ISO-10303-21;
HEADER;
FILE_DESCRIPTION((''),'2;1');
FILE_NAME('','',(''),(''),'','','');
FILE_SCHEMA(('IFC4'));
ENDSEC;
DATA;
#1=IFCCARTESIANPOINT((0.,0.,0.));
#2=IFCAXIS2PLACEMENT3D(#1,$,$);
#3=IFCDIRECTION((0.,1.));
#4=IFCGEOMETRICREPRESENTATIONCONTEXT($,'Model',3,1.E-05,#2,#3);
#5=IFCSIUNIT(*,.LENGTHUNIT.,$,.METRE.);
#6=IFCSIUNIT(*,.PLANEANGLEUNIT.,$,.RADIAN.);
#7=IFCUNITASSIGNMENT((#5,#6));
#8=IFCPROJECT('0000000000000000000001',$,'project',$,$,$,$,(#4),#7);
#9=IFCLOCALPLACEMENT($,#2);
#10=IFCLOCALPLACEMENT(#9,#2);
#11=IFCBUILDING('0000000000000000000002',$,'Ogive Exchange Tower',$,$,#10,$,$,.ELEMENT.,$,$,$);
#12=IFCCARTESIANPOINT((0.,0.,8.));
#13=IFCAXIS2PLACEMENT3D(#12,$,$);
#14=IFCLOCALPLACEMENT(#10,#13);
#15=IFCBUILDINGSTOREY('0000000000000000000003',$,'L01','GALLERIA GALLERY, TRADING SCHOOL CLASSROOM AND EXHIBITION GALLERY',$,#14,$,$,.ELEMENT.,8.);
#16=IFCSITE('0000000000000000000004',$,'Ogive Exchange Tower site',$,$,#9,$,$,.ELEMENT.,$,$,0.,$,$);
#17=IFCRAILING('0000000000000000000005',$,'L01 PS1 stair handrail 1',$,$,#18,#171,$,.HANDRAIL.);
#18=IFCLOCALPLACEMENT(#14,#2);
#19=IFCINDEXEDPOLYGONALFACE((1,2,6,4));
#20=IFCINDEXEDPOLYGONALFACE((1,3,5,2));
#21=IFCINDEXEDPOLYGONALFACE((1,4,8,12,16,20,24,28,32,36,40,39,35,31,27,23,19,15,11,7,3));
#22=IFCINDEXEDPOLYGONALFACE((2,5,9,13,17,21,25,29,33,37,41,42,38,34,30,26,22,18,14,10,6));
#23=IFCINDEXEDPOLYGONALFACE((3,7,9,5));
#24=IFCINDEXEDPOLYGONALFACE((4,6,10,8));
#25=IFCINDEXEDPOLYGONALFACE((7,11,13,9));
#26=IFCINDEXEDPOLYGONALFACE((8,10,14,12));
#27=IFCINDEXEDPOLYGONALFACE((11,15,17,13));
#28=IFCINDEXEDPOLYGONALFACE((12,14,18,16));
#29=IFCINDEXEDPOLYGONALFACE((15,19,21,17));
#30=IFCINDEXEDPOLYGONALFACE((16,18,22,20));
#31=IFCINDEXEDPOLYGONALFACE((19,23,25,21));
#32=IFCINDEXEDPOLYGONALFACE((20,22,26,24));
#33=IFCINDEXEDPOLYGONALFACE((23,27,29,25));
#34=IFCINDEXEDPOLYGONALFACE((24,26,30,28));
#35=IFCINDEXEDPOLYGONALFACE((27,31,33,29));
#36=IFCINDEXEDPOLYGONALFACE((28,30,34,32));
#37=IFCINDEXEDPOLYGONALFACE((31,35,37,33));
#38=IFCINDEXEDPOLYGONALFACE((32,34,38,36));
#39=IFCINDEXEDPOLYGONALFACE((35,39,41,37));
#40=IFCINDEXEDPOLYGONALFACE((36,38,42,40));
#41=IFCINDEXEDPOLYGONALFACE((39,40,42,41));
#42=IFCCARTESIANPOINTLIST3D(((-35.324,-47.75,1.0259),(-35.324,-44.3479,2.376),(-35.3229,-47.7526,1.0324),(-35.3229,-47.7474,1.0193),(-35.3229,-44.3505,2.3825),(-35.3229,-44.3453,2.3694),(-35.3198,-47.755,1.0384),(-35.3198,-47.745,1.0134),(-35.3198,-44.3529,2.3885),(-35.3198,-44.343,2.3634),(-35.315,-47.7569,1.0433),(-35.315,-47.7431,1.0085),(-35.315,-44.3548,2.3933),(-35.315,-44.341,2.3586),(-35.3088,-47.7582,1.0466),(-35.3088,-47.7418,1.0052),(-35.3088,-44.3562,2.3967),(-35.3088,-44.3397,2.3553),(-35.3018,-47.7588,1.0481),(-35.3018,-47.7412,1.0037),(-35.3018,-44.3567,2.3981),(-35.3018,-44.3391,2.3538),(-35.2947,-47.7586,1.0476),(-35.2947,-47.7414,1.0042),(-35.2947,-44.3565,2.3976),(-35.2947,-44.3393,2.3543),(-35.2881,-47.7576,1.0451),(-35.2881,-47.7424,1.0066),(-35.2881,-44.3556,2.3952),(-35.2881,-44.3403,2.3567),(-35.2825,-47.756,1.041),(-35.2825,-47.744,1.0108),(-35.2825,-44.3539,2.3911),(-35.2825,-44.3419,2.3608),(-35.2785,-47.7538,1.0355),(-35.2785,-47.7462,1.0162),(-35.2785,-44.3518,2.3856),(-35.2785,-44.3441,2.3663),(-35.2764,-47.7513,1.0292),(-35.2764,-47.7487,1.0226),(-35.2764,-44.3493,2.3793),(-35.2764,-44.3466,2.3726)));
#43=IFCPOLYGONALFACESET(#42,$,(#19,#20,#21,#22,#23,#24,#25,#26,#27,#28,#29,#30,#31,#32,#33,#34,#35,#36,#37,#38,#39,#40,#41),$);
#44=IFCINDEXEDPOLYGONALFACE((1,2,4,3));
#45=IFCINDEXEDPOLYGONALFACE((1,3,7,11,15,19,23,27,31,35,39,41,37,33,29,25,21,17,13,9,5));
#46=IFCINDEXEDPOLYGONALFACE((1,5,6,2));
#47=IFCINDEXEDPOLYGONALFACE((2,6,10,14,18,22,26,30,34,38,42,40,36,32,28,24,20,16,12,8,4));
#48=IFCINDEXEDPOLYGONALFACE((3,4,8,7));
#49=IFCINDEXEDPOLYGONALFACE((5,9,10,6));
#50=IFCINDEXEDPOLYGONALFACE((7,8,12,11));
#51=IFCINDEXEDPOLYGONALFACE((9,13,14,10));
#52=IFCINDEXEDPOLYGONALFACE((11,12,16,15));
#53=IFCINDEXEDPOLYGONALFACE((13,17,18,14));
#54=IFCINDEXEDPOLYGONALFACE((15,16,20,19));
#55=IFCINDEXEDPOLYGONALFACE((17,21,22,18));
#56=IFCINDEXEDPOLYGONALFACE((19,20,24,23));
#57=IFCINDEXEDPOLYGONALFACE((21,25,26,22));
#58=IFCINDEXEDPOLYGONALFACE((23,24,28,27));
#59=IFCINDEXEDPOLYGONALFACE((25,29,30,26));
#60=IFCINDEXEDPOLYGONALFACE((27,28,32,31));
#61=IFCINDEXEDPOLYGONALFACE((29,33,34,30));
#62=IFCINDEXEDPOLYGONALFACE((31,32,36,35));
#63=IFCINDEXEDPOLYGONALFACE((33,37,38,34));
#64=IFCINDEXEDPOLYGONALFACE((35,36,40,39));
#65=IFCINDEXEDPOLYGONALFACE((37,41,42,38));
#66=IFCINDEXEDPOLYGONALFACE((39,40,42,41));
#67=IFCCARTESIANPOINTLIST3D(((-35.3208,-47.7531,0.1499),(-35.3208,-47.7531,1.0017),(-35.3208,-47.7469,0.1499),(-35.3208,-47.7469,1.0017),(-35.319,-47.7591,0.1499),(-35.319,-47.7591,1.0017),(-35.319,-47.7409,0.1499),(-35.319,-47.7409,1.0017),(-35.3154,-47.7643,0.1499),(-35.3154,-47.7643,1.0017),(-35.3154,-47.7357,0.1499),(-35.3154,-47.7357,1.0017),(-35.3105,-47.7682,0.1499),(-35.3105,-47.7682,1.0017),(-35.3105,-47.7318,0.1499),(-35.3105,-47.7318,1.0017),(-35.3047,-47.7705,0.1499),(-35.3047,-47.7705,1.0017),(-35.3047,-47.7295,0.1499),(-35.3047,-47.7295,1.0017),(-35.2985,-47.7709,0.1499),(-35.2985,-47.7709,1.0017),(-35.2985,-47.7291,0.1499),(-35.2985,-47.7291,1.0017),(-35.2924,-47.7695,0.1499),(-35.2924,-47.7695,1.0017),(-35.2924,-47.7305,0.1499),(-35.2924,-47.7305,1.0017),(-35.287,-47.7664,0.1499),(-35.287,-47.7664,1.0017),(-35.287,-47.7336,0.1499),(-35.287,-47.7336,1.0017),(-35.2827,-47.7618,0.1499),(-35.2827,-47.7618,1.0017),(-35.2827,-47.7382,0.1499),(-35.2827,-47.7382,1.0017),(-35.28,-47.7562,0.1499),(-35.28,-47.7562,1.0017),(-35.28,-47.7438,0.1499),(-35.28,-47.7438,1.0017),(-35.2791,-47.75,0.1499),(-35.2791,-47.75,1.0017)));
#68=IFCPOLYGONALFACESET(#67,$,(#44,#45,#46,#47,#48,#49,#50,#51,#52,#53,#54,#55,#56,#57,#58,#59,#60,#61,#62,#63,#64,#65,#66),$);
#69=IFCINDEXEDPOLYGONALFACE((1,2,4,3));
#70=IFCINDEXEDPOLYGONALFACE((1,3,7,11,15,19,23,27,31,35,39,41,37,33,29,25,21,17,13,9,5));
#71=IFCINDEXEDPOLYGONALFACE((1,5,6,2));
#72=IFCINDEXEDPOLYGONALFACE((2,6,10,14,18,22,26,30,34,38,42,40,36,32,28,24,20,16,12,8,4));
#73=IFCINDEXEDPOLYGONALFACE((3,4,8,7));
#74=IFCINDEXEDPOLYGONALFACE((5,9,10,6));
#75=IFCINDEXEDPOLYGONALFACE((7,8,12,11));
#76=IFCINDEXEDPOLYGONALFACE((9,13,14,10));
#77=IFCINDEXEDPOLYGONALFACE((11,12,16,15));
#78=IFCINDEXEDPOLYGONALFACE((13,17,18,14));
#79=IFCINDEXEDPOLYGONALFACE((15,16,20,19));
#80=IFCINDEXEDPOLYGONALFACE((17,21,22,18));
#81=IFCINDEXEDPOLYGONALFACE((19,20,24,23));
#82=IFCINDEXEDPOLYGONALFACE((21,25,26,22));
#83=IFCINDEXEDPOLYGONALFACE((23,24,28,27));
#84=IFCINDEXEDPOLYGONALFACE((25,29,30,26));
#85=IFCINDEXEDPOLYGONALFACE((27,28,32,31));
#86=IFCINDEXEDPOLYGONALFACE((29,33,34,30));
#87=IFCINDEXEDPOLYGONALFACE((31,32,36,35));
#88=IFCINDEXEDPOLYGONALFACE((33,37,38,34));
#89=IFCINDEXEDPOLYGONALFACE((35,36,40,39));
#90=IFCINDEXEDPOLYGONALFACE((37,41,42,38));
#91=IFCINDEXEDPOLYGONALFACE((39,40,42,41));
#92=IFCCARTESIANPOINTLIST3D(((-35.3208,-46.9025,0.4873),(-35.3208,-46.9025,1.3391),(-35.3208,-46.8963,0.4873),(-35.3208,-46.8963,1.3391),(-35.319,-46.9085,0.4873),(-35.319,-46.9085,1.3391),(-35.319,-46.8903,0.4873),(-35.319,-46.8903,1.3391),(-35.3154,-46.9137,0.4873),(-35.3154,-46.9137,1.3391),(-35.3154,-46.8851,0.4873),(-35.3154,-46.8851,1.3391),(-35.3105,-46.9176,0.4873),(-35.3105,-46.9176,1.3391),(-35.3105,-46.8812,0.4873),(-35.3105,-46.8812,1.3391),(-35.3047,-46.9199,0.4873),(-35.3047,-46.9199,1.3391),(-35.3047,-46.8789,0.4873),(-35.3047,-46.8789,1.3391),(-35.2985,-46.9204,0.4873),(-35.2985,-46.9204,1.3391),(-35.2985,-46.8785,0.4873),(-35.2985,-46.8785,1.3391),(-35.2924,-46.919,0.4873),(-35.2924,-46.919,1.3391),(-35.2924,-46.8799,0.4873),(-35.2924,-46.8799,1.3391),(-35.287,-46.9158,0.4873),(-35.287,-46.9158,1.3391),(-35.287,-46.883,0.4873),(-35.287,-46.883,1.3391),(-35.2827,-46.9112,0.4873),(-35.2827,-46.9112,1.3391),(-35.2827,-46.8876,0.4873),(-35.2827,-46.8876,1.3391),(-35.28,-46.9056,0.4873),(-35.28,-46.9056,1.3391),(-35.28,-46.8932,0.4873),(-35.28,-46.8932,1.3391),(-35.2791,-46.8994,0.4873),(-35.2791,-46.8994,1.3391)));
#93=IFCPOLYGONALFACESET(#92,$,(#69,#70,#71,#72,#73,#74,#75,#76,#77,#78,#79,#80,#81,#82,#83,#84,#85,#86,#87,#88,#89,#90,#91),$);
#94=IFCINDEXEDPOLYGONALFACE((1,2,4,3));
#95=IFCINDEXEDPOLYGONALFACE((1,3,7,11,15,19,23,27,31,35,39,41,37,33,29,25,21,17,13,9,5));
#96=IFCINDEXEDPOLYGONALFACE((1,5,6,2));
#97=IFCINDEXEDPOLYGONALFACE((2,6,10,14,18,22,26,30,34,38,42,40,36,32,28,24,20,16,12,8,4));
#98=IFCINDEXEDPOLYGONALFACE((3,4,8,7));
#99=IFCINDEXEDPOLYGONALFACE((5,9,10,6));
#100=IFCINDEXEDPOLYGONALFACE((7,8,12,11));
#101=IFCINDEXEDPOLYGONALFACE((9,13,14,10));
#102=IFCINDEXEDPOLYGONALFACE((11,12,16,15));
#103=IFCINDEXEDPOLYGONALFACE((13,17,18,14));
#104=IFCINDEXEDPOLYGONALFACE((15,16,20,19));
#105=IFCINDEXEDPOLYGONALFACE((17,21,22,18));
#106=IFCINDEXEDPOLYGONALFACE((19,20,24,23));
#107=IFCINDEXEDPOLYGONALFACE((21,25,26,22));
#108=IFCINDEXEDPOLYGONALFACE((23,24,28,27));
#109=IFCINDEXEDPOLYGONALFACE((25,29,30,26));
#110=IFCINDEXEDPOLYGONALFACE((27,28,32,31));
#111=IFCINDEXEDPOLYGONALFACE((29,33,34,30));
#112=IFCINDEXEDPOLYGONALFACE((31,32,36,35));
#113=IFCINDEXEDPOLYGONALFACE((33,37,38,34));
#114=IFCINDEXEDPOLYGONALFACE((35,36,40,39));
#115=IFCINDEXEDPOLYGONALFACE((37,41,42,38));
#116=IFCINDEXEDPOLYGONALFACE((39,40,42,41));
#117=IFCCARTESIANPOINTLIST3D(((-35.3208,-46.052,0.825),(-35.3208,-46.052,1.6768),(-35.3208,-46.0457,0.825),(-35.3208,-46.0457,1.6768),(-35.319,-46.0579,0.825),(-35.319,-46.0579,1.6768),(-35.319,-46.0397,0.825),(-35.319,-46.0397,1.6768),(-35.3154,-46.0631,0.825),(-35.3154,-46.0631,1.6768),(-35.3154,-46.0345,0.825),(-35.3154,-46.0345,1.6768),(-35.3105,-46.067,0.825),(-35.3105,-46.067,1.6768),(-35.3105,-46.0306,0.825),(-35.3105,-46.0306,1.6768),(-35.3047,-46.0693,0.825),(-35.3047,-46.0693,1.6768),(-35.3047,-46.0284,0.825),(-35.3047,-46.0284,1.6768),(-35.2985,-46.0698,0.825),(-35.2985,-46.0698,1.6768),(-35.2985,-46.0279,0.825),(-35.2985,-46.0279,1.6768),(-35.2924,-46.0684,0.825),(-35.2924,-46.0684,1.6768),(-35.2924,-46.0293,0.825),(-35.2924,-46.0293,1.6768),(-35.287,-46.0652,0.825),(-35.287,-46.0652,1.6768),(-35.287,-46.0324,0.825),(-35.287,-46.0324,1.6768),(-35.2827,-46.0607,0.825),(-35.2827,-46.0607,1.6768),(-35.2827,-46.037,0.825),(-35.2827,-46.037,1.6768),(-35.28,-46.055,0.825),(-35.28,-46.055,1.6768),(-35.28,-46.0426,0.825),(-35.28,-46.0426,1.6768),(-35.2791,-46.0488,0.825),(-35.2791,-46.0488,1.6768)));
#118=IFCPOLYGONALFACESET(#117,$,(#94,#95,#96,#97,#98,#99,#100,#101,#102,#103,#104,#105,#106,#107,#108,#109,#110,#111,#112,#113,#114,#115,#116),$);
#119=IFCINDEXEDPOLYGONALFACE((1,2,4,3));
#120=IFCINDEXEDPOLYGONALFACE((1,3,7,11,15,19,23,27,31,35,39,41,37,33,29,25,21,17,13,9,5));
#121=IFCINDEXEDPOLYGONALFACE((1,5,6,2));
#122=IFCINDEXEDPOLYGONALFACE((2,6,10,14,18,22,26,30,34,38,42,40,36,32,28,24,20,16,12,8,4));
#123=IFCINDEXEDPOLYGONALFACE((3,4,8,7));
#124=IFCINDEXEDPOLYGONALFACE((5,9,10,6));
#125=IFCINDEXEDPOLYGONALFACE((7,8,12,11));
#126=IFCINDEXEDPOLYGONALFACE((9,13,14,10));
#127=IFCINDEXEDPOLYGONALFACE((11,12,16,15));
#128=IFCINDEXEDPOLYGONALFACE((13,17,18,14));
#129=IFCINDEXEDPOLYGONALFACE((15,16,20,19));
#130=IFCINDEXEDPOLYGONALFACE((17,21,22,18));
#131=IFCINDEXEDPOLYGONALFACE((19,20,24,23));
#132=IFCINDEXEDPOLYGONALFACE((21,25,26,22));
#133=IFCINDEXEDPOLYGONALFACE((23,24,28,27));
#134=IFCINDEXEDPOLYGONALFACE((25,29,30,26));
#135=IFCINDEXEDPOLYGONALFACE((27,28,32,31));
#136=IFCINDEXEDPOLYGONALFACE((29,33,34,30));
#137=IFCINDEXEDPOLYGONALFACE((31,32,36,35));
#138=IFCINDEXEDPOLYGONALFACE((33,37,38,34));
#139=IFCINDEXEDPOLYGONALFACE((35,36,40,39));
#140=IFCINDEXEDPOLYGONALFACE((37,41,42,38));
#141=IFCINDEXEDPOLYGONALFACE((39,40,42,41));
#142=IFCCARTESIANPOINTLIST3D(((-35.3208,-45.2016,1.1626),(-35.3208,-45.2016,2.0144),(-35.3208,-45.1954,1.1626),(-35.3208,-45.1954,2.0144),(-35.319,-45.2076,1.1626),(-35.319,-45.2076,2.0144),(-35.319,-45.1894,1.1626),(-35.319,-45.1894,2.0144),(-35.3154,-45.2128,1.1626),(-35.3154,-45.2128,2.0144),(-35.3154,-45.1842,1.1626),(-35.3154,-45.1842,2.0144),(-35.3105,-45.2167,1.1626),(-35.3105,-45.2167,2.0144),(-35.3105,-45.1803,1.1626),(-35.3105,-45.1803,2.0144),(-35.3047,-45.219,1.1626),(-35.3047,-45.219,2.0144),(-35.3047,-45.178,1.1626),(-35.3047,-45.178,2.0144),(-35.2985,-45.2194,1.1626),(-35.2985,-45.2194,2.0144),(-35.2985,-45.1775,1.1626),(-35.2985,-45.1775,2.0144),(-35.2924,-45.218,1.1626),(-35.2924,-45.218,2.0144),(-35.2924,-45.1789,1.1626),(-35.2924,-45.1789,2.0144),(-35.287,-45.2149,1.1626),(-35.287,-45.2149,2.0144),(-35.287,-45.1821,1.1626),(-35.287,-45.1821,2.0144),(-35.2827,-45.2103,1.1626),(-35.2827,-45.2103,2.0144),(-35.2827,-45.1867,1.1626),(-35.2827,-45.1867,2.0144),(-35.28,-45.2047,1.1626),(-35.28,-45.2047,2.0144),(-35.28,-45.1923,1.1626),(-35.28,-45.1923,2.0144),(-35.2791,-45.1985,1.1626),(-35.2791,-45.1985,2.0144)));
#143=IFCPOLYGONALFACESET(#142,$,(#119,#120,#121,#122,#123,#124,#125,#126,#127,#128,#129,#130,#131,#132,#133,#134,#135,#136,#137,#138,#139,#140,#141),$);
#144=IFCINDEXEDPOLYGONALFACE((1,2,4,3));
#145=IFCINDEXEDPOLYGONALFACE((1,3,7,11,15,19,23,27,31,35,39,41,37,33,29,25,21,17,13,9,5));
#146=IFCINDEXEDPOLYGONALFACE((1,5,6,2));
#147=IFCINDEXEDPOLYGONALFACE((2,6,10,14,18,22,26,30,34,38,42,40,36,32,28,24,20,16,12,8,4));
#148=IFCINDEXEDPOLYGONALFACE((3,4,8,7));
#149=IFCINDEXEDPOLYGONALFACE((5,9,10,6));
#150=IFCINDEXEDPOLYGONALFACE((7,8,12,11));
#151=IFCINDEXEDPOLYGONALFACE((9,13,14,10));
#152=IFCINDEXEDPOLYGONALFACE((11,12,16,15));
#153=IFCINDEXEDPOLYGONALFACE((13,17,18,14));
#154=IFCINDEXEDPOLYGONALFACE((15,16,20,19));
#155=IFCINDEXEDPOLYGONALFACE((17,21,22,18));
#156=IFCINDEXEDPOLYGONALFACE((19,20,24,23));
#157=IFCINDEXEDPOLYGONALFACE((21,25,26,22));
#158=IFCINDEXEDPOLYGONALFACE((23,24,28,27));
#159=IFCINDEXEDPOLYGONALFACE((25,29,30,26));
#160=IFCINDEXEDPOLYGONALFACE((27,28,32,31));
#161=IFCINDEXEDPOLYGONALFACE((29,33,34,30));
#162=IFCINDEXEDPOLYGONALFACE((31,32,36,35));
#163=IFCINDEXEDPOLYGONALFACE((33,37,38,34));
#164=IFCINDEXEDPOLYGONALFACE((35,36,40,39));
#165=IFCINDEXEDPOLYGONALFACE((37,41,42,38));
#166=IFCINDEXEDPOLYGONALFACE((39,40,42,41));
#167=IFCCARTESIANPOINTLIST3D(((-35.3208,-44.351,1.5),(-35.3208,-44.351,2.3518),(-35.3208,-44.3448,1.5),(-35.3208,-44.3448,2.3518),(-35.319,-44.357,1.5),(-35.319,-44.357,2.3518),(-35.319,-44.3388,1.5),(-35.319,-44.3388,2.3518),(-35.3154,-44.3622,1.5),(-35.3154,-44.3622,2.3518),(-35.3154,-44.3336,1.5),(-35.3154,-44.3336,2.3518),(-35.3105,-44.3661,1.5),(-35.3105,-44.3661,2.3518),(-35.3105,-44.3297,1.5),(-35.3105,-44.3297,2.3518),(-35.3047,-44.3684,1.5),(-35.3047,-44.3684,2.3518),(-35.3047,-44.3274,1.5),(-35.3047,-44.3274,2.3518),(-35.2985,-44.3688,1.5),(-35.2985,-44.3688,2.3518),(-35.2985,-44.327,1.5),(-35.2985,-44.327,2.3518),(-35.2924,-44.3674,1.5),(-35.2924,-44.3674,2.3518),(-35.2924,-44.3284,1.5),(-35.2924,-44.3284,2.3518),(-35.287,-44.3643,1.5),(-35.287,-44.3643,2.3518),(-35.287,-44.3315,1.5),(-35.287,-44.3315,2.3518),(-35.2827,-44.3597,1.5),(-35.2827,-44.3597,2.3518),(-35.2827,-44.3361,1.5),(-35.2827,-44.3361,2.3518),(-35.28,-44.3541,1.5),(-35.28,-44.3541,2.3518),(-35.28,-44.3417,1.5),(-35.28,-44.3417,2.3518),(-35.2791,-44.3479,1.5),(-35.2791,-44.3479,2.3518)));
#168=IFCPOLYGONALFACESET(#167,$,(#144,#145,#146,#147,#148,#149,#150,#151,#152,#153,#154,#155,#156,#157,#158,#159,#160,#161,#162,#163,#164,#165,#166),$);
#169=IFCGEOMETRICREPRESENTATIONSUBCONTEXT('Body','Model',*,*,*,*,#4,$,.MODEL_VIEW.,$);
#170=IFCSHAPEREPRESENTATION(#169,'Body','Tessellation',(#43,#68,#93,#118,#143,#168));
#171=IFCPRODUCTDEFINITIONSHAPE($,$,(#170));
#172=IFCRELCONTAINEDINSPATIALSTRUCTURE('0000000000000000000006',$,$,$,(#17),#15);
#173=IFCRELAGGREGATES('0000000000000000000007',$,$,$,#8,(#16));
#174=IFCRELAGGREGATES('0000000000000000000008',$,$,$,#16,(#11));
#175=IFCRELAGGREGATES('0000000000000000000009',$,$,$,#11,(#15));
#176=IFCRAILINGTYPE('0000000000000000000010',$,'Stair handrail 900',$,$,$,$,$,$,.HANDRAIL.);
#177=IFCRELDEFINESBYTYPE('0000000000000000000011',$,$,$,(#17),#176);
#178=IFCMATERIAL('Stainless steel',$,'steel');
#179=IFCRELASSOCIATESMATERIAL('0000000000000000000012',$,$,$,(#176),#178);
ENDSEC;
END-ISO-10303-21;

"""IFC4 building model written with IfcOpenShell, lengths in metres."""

from ifc_helpers import new_model, si_unit, direction, frame, origin, origin_2d, place, context, subcontext, project, spatial, circle, extrude, material, type_object, element, save


model = new_model("IFC4")

# Units and contexts
model_context = context("Model", 3, precision=1e-05, world=origin(), true_north=direction((0.0, 1.0)))
body_context = subcontext(model_context, "Body", "Model", "MODEL_VIEW")
ifc_project = project(units=[si_unit("LENGTHUNIT", "METRE"), si_unit("PLANEANGLEUNIT", "RADIAN")], contexts=[model_context])

# Site, building, storey
site_placement = place(None, origin())
site = spatial("IfcSite", under=ifc_project, at=site_placement, Name="Ogive Exchange Tower site", CompositionType="ELEMENT", RefElevation=0.0)
building_placement = place(site_placement, origin())
building = spatial("IfcBuilding", under=site, at=building_placement, Name="Ogive Exchange Tower", CompositionType="ELEMENT")
storey_placement = place(building_placement, frame((0.0, 0.0, 8.0)))
storey = spatial("IfcBuildingStorey", under=building, at=storey_placement, Name="L01", Description="GALLERIA GALLERY, TRADING SCHOOL CLASSROOM AND EXHIBITION GALLERY", CompositionType="ELEMENT", Elevation=8.0)

# Railing
ifc_material_1 = material(Name="Stainless steel", Category="steel")
railing_type = type_object("IfcRailingType", Name="Stair handrail 900", PredefinedType="HANDRAIL", material=ifc_material_1)
for number, where, name in (
    (1, (-35.3, -47.75, 0.1499), "L01 PS1 stair handrail 1"),
):
    element("IfcRailing", number, at=place(storey_placement, frame(where)), inside=storey, type_object=railing_type, Name=name, PredefinedType="HANDRAIL", context=body_context, shape_type="SweptSolid", body=[
        extrude(circle(Radius=0.0239, at=origin_2d()), frame((0.0, 0.0, 0.876), z_axis=(0.0, 0.929485, 0.368859), x_axis=(-1.0, 0.0, 0.0)), (0.0, 0.0, 1.0), 3.6602),
        extrude(circle(Radius=0.021, at=origin_2d()), origin(), (0.0, 0.0, 1.0), 0.8518),
        extrude(circle(Radius=0.021, at=origin_2d()), frame((0.0, 0.8506, 0.3374)), (0.0, 0.0, 1.0), 0.8518),
        extrude(circle(Radius=0.021, at=origin_2d()), frame((0.0, 1.7012, 0.675)), (0.0, 0.0, 1.0), 0.8518),
        extrude(circle(Radius=0.021, at=origin_2d()), frame((0.0, 2.5515, 1.0127)), (0.0, 0.0, 1.0), 0.8518),
        extrude(circle(Radius=0.021, at=origin_2d()), frame((0.0, 3.4021, 1.3501)), (0.0, 0.0, 1.0), 0.8518),
    ])

save(model, "model.ifc")
